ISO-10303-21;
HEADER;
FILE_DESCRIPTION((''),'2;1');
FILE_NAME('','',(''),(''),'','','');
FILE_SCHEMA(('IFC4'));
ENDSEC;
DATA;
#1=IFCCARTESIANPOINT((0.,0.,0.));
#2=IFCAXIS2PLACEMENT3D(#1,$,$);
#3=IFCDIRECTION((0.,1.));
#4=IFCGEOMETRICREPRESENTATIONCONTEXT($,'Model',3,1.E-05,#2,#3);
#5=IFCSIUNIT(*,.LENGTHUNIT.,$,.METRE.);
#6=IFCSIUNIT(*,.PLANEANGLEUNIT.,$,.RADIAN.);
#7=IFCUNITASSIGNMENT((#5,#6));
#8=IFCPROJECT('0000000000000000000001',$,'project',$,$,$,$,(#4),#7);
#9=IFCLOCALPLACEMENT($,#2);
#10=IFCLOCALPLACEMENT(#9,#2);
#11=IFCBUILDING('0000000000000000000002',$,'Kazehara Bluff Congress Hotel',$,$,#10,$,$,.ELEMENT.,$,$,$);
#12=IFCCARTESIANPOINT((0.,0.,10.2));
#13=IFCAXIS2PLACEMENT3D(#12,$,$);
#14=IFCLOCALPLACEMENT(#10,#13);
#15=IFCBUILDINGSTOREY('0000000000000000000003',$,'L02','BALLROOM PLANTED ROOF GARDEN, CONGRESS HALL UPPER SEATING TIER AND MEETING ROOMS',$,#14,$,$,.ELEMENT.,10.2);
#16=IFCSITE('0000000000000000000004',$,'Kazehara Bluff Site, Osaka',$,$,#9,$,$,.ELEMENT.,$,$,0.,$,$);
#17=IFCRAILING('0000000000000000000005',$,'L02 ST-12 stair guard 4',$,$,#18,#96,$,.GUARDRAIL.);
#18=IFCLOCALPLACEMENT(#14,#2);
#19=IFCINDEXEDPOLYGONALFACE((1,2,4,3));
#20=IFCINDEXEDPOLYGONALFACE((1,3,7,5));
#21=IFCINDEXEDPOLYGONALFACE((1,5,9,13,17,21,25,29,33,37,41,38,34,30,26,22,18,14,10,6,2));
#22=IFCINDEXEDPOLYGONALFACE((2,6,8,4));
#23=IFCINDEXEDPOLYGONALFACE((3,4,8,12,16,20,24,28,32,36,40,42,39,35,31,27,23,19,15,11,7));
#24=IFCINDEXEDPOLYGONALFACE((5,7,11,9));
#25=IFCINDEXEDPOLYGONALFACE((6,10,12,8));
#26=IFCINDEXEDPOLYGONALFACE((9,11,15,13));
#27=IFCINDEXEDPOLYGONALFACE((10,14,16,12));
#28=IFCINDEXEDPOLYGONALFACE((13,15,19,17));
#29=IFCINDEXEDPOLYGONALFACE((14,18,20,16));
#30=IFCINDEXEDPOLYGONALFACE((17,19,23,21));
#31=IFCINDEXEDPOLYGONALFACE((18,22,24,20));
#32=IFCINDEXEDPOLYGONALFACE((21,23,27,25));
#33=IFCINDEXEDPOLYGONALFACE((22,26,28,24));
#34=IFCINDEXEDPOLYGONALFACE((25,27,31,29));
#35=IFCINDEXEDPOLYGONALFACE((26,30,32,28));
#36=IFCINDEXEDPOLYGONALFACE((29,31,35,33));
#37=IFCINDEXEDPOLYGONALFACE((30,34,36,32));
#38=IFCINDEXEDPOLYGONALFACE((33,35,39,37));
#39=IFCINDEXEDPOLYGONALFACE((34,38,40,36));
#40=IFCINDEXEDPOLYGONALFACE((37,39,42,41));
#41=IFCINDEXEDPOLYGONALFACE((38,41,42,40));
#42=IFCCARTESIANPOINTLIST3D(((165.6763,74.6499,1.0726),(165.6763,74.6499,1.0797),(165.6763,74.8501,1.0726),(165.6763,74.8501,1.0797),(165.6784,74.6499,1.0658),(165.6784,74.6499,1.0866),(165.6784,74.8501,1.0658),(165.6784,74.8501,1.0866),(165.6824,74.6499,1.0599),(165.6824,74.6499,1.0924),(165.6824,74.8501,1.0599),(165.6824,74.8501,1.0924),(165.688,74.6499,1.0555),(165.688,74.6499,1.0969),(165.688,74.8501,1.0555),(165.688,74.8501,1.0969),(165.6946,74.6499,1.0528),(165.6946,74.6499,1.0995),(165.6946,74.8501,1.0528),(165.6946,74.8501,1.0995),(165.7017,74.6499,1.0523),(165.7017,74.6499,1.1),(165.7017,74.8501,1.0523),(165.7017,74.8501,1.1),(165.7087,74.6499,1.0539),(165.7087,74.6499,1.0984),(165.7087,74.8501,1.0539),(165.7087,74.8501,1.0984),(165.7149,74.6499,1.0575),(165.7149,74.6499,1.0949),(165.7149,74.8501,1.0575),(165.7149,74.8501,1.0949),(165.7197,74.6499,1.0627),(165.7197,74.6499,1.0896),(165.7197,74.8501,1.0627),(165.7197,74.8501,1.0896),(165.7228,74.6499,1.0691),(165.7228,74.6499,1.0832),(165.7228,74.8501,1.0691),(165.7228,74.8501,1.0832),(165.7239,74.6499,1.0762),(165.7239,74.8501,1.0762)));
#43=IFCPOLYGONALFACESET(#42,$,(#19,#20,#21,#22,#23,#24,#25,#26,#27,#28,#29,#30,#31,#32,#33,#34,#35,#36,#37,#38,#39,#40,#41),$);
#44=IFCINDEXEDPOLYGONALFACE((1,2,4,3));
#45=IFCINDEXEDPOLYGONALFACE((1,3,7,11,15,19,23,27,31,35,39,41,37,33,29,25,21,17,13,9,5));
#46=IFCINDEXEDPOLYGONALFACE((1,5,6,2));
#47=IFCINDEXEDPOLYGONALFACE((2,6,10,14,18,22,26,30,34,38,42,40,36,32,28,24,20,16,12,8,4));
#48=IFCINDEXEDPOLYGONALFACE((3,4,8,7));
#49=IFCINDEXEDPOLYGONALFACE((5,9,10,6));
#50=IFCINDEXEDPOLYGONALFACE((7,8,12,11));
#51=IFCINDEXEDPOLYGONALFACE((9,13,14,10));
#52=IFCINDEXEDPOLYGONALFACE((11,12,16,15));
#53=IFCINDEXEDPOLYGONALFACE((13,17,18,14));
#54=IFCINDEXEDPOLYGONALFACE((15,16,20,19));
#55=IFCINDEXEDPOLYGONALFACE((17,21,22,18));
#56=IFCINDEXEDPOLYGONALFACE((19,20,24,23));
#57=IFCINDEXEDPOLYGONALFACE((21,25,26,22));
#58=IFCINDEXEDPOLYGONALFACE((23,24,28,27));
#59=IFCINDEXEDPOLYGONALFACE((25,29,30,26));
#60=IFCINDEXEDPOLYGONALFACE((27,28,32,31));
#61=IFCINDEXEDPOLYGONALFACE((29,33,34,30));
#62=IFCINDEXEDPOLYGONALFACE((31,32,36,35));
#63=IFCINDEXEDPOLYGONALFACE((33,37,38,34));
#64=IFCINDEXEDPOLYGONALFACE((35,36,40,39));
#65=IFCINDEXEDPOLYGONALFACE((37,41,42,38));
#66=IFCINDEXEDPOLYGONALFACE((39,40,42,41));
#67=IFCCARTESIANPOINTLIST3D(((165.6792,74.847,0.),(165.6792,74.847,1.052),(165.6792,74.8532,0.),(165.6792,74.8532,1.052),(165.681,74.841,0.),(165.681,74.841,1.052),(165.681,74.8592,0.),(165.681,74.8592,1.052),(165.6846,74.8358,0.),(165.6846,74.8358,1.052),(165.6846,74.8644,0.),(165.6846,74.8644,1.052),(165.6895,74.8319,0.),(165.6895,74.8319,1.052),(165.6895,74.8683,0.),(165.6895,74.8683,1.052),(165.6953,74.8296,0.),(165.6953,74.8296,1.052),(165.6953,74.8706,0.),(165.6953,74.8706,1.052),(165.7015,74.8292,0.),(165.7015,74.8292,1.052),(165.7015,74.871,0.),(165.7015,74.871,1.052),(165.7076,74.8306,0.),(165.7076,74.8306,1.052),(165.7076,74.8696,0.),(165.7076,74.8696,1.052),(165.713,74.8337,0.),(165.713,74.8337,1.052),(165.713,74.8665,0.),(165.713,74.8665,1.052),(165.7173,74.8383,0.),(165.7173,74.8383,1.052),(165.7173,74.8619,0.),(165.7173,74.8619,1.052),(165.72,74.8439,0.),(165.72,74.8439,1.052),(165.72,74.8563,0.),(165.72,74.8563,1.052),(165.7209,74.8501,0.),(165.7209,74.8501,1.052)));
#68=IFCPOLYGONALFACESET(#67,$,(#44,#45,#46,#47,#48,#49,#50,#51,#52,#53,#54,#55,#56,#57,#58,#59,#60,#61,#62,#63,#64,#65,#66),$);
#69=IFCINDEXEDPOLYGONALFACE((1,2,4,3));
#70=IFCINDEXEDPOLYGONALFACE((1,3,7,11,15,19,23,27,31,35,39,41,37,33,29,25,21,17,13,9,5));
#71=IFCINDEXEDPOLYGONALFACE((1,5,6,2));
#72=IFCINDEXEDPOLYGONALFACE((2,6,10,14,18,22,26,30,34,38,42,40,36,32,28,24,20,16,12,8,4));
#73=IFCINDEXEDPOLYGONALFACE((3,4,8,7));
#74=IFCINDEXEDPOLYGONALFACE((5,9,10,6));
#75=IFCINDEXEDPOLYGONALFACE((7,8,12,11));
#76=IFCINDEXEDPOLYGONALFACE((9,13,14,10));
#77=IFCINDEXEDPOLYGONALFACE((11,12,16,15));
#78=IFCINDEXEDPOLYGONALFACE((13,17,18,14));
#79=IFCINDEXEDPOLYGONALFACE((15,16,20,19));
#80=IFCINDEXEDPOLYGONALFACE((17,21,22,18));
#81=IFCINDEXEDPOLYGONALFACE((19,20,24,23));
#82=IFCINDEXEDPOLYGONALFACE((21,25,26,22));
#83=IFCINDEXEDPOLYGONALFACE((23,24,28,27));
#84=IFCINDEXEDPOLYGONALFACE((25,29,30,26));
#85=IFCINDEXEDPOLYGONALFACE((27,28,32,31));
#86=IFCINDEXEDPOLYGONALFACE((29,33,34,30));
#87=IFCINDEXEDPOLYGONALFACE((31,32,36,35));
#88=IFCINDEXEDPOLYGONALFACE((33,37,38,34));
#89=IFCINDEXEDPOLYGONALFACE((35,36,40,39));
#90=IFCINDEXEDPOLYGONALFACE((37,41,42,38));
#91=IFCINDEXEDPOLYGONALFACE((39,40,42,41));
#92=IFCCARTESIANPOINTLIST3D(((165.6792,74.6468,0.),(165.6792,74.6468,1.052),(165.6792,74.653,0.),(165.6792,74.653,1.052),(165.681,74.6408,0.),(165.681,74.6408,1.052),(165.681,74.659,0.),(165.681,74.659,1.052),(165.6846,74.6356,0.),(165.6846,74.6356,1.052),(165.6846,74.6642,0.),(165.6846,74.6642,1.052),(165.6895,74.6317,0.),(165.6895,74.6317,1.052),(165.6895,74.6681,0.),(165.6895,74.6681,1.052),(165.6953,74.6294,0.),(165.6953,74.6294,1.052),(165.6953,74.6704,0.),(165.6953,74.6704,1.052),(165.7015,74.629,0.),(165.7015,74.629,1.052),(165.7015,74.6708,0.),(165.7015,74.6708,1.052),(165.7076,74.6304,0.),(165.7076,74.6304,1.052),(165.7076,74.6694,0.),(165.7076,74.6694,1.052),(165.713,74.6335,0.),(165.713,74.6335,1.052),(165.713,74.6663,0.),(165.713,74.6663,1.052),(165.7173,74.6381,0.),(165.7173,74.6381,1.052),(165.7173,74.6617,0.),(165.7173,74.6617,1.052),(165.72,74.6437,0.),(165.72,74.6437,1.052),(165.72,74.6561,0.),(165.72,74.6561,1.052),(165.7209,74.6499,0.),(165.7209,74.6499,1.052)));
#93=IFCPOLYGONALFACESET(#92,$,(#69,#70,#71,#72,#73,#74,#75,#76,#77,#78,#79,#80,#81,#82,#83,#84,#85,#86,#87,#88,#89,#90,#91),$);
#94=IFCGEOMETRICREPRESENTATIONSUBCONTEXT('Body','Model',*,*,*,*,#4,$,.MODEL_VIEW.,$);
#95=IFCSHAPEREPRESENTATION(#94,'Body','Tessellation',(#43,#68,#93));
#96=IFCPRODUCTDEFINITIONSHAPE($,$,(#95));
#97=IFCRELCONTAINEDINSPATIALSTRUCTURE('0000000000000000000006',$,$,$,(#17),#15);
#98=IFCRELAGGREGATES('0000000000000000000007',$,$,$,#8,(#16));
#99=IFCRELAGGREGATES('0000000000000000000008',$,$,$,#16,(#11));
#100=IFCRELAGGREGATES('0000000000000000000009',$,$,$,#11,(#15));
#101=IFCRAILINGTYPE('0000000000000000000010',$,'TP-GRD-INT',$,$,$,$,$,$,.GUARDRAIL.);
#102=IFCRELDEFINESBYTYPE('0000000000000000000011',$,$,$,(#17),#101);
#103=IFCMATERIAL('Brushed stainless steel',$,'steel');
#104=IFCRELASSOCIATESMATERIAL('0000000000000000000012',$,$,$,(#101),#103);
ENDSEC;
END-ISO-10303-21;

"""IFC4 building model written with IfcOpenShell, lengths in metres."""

from ifc_helpers import new_model, si_unit, direction, frame, origin, origin_2d, place, context, subcontext, project, spatial, circle, extrude, material, type_object, element, save


model = new_model("IFC4")

# Units and contexts
model_context = context("Model", 3, precision=1e-05, world=origin(), true_north=direction((0.0, 1.0)))
body_context = subcontext(model_context, "Body", "Model", "MODEL_VIEW")
ifc_project = project(units=[si_unit("LENGTHUNIT", "METRE"), si_unit("PLANEANGLEUNIT", "RADIAN")], contexts=[model_context])

# Site, building, storey
site_placement = place(None, origin())
site = spatial("IfcSite", under=ifc_project, at=site_placement, Name="Kazehara Bluff Site, Osaka", CompositionType="ELEMENT", RefElevation=0.0)
building_placement = place(site_placement, origin())
building = spatial("IfcBuilding", under=site, at=building_placement, Name="Kazehara Bluff Congress Hotel", CompositionType="ELEMENT")
storey_placement = place(building_placement, frame((0.0, 0.0, 10.2)))
storey = spatial("IfcBuildingStorey", under=building, at=storey_placement, Name="L02", Description="BALLROOM PLANTED ROOF GARDEN, CONGRESS HALL UPPER SEATING TIER AND MEETING ROOMS", CompositionType="ELEMENT", Elevation=10.2)

# Railing
ifc_material_1 = material(Name="Brushed stainless steel", Category="steel")
railing_type_1 = type_object("IfcRailingType", Name="TP-GRD-INT", PredefinedType="GUARDRAIL", material=ifc_material_1)
railing_1_placement = place(storey_placement, frame((165.7, 74.8501, 0.0)))
element("IfcRailing", 1, at=railing_1_placement, inside=storey, type_object=railing_type_1, Name="L02 ST-12 stair guard 4", PredefinedType="GUARDRAIL", context=body_context, shape_type="SweptSolid", body=[
    extrude(circle(Radius=0.0239, at=origin_2d()), frame((0.0, 0.0, 1.0762), z_axis=(0.0, -1.0, 0.0), x_axis=(1.0, 0.0, 0.0)), (0.0, 0.0, 1.0), 0.2002),
    extrude(circle(Radius=0.021, at=origin_2d()), origin(), (0.0, 0.0, 1.0), 1.052),
    extrude(circle(Radius=0.021, at=origin_2d()), frame((0.0, -0.2002, 0.0)), (0.0, 0.0, 1.0), 1.052),
])

save(model, "model.ifc")
